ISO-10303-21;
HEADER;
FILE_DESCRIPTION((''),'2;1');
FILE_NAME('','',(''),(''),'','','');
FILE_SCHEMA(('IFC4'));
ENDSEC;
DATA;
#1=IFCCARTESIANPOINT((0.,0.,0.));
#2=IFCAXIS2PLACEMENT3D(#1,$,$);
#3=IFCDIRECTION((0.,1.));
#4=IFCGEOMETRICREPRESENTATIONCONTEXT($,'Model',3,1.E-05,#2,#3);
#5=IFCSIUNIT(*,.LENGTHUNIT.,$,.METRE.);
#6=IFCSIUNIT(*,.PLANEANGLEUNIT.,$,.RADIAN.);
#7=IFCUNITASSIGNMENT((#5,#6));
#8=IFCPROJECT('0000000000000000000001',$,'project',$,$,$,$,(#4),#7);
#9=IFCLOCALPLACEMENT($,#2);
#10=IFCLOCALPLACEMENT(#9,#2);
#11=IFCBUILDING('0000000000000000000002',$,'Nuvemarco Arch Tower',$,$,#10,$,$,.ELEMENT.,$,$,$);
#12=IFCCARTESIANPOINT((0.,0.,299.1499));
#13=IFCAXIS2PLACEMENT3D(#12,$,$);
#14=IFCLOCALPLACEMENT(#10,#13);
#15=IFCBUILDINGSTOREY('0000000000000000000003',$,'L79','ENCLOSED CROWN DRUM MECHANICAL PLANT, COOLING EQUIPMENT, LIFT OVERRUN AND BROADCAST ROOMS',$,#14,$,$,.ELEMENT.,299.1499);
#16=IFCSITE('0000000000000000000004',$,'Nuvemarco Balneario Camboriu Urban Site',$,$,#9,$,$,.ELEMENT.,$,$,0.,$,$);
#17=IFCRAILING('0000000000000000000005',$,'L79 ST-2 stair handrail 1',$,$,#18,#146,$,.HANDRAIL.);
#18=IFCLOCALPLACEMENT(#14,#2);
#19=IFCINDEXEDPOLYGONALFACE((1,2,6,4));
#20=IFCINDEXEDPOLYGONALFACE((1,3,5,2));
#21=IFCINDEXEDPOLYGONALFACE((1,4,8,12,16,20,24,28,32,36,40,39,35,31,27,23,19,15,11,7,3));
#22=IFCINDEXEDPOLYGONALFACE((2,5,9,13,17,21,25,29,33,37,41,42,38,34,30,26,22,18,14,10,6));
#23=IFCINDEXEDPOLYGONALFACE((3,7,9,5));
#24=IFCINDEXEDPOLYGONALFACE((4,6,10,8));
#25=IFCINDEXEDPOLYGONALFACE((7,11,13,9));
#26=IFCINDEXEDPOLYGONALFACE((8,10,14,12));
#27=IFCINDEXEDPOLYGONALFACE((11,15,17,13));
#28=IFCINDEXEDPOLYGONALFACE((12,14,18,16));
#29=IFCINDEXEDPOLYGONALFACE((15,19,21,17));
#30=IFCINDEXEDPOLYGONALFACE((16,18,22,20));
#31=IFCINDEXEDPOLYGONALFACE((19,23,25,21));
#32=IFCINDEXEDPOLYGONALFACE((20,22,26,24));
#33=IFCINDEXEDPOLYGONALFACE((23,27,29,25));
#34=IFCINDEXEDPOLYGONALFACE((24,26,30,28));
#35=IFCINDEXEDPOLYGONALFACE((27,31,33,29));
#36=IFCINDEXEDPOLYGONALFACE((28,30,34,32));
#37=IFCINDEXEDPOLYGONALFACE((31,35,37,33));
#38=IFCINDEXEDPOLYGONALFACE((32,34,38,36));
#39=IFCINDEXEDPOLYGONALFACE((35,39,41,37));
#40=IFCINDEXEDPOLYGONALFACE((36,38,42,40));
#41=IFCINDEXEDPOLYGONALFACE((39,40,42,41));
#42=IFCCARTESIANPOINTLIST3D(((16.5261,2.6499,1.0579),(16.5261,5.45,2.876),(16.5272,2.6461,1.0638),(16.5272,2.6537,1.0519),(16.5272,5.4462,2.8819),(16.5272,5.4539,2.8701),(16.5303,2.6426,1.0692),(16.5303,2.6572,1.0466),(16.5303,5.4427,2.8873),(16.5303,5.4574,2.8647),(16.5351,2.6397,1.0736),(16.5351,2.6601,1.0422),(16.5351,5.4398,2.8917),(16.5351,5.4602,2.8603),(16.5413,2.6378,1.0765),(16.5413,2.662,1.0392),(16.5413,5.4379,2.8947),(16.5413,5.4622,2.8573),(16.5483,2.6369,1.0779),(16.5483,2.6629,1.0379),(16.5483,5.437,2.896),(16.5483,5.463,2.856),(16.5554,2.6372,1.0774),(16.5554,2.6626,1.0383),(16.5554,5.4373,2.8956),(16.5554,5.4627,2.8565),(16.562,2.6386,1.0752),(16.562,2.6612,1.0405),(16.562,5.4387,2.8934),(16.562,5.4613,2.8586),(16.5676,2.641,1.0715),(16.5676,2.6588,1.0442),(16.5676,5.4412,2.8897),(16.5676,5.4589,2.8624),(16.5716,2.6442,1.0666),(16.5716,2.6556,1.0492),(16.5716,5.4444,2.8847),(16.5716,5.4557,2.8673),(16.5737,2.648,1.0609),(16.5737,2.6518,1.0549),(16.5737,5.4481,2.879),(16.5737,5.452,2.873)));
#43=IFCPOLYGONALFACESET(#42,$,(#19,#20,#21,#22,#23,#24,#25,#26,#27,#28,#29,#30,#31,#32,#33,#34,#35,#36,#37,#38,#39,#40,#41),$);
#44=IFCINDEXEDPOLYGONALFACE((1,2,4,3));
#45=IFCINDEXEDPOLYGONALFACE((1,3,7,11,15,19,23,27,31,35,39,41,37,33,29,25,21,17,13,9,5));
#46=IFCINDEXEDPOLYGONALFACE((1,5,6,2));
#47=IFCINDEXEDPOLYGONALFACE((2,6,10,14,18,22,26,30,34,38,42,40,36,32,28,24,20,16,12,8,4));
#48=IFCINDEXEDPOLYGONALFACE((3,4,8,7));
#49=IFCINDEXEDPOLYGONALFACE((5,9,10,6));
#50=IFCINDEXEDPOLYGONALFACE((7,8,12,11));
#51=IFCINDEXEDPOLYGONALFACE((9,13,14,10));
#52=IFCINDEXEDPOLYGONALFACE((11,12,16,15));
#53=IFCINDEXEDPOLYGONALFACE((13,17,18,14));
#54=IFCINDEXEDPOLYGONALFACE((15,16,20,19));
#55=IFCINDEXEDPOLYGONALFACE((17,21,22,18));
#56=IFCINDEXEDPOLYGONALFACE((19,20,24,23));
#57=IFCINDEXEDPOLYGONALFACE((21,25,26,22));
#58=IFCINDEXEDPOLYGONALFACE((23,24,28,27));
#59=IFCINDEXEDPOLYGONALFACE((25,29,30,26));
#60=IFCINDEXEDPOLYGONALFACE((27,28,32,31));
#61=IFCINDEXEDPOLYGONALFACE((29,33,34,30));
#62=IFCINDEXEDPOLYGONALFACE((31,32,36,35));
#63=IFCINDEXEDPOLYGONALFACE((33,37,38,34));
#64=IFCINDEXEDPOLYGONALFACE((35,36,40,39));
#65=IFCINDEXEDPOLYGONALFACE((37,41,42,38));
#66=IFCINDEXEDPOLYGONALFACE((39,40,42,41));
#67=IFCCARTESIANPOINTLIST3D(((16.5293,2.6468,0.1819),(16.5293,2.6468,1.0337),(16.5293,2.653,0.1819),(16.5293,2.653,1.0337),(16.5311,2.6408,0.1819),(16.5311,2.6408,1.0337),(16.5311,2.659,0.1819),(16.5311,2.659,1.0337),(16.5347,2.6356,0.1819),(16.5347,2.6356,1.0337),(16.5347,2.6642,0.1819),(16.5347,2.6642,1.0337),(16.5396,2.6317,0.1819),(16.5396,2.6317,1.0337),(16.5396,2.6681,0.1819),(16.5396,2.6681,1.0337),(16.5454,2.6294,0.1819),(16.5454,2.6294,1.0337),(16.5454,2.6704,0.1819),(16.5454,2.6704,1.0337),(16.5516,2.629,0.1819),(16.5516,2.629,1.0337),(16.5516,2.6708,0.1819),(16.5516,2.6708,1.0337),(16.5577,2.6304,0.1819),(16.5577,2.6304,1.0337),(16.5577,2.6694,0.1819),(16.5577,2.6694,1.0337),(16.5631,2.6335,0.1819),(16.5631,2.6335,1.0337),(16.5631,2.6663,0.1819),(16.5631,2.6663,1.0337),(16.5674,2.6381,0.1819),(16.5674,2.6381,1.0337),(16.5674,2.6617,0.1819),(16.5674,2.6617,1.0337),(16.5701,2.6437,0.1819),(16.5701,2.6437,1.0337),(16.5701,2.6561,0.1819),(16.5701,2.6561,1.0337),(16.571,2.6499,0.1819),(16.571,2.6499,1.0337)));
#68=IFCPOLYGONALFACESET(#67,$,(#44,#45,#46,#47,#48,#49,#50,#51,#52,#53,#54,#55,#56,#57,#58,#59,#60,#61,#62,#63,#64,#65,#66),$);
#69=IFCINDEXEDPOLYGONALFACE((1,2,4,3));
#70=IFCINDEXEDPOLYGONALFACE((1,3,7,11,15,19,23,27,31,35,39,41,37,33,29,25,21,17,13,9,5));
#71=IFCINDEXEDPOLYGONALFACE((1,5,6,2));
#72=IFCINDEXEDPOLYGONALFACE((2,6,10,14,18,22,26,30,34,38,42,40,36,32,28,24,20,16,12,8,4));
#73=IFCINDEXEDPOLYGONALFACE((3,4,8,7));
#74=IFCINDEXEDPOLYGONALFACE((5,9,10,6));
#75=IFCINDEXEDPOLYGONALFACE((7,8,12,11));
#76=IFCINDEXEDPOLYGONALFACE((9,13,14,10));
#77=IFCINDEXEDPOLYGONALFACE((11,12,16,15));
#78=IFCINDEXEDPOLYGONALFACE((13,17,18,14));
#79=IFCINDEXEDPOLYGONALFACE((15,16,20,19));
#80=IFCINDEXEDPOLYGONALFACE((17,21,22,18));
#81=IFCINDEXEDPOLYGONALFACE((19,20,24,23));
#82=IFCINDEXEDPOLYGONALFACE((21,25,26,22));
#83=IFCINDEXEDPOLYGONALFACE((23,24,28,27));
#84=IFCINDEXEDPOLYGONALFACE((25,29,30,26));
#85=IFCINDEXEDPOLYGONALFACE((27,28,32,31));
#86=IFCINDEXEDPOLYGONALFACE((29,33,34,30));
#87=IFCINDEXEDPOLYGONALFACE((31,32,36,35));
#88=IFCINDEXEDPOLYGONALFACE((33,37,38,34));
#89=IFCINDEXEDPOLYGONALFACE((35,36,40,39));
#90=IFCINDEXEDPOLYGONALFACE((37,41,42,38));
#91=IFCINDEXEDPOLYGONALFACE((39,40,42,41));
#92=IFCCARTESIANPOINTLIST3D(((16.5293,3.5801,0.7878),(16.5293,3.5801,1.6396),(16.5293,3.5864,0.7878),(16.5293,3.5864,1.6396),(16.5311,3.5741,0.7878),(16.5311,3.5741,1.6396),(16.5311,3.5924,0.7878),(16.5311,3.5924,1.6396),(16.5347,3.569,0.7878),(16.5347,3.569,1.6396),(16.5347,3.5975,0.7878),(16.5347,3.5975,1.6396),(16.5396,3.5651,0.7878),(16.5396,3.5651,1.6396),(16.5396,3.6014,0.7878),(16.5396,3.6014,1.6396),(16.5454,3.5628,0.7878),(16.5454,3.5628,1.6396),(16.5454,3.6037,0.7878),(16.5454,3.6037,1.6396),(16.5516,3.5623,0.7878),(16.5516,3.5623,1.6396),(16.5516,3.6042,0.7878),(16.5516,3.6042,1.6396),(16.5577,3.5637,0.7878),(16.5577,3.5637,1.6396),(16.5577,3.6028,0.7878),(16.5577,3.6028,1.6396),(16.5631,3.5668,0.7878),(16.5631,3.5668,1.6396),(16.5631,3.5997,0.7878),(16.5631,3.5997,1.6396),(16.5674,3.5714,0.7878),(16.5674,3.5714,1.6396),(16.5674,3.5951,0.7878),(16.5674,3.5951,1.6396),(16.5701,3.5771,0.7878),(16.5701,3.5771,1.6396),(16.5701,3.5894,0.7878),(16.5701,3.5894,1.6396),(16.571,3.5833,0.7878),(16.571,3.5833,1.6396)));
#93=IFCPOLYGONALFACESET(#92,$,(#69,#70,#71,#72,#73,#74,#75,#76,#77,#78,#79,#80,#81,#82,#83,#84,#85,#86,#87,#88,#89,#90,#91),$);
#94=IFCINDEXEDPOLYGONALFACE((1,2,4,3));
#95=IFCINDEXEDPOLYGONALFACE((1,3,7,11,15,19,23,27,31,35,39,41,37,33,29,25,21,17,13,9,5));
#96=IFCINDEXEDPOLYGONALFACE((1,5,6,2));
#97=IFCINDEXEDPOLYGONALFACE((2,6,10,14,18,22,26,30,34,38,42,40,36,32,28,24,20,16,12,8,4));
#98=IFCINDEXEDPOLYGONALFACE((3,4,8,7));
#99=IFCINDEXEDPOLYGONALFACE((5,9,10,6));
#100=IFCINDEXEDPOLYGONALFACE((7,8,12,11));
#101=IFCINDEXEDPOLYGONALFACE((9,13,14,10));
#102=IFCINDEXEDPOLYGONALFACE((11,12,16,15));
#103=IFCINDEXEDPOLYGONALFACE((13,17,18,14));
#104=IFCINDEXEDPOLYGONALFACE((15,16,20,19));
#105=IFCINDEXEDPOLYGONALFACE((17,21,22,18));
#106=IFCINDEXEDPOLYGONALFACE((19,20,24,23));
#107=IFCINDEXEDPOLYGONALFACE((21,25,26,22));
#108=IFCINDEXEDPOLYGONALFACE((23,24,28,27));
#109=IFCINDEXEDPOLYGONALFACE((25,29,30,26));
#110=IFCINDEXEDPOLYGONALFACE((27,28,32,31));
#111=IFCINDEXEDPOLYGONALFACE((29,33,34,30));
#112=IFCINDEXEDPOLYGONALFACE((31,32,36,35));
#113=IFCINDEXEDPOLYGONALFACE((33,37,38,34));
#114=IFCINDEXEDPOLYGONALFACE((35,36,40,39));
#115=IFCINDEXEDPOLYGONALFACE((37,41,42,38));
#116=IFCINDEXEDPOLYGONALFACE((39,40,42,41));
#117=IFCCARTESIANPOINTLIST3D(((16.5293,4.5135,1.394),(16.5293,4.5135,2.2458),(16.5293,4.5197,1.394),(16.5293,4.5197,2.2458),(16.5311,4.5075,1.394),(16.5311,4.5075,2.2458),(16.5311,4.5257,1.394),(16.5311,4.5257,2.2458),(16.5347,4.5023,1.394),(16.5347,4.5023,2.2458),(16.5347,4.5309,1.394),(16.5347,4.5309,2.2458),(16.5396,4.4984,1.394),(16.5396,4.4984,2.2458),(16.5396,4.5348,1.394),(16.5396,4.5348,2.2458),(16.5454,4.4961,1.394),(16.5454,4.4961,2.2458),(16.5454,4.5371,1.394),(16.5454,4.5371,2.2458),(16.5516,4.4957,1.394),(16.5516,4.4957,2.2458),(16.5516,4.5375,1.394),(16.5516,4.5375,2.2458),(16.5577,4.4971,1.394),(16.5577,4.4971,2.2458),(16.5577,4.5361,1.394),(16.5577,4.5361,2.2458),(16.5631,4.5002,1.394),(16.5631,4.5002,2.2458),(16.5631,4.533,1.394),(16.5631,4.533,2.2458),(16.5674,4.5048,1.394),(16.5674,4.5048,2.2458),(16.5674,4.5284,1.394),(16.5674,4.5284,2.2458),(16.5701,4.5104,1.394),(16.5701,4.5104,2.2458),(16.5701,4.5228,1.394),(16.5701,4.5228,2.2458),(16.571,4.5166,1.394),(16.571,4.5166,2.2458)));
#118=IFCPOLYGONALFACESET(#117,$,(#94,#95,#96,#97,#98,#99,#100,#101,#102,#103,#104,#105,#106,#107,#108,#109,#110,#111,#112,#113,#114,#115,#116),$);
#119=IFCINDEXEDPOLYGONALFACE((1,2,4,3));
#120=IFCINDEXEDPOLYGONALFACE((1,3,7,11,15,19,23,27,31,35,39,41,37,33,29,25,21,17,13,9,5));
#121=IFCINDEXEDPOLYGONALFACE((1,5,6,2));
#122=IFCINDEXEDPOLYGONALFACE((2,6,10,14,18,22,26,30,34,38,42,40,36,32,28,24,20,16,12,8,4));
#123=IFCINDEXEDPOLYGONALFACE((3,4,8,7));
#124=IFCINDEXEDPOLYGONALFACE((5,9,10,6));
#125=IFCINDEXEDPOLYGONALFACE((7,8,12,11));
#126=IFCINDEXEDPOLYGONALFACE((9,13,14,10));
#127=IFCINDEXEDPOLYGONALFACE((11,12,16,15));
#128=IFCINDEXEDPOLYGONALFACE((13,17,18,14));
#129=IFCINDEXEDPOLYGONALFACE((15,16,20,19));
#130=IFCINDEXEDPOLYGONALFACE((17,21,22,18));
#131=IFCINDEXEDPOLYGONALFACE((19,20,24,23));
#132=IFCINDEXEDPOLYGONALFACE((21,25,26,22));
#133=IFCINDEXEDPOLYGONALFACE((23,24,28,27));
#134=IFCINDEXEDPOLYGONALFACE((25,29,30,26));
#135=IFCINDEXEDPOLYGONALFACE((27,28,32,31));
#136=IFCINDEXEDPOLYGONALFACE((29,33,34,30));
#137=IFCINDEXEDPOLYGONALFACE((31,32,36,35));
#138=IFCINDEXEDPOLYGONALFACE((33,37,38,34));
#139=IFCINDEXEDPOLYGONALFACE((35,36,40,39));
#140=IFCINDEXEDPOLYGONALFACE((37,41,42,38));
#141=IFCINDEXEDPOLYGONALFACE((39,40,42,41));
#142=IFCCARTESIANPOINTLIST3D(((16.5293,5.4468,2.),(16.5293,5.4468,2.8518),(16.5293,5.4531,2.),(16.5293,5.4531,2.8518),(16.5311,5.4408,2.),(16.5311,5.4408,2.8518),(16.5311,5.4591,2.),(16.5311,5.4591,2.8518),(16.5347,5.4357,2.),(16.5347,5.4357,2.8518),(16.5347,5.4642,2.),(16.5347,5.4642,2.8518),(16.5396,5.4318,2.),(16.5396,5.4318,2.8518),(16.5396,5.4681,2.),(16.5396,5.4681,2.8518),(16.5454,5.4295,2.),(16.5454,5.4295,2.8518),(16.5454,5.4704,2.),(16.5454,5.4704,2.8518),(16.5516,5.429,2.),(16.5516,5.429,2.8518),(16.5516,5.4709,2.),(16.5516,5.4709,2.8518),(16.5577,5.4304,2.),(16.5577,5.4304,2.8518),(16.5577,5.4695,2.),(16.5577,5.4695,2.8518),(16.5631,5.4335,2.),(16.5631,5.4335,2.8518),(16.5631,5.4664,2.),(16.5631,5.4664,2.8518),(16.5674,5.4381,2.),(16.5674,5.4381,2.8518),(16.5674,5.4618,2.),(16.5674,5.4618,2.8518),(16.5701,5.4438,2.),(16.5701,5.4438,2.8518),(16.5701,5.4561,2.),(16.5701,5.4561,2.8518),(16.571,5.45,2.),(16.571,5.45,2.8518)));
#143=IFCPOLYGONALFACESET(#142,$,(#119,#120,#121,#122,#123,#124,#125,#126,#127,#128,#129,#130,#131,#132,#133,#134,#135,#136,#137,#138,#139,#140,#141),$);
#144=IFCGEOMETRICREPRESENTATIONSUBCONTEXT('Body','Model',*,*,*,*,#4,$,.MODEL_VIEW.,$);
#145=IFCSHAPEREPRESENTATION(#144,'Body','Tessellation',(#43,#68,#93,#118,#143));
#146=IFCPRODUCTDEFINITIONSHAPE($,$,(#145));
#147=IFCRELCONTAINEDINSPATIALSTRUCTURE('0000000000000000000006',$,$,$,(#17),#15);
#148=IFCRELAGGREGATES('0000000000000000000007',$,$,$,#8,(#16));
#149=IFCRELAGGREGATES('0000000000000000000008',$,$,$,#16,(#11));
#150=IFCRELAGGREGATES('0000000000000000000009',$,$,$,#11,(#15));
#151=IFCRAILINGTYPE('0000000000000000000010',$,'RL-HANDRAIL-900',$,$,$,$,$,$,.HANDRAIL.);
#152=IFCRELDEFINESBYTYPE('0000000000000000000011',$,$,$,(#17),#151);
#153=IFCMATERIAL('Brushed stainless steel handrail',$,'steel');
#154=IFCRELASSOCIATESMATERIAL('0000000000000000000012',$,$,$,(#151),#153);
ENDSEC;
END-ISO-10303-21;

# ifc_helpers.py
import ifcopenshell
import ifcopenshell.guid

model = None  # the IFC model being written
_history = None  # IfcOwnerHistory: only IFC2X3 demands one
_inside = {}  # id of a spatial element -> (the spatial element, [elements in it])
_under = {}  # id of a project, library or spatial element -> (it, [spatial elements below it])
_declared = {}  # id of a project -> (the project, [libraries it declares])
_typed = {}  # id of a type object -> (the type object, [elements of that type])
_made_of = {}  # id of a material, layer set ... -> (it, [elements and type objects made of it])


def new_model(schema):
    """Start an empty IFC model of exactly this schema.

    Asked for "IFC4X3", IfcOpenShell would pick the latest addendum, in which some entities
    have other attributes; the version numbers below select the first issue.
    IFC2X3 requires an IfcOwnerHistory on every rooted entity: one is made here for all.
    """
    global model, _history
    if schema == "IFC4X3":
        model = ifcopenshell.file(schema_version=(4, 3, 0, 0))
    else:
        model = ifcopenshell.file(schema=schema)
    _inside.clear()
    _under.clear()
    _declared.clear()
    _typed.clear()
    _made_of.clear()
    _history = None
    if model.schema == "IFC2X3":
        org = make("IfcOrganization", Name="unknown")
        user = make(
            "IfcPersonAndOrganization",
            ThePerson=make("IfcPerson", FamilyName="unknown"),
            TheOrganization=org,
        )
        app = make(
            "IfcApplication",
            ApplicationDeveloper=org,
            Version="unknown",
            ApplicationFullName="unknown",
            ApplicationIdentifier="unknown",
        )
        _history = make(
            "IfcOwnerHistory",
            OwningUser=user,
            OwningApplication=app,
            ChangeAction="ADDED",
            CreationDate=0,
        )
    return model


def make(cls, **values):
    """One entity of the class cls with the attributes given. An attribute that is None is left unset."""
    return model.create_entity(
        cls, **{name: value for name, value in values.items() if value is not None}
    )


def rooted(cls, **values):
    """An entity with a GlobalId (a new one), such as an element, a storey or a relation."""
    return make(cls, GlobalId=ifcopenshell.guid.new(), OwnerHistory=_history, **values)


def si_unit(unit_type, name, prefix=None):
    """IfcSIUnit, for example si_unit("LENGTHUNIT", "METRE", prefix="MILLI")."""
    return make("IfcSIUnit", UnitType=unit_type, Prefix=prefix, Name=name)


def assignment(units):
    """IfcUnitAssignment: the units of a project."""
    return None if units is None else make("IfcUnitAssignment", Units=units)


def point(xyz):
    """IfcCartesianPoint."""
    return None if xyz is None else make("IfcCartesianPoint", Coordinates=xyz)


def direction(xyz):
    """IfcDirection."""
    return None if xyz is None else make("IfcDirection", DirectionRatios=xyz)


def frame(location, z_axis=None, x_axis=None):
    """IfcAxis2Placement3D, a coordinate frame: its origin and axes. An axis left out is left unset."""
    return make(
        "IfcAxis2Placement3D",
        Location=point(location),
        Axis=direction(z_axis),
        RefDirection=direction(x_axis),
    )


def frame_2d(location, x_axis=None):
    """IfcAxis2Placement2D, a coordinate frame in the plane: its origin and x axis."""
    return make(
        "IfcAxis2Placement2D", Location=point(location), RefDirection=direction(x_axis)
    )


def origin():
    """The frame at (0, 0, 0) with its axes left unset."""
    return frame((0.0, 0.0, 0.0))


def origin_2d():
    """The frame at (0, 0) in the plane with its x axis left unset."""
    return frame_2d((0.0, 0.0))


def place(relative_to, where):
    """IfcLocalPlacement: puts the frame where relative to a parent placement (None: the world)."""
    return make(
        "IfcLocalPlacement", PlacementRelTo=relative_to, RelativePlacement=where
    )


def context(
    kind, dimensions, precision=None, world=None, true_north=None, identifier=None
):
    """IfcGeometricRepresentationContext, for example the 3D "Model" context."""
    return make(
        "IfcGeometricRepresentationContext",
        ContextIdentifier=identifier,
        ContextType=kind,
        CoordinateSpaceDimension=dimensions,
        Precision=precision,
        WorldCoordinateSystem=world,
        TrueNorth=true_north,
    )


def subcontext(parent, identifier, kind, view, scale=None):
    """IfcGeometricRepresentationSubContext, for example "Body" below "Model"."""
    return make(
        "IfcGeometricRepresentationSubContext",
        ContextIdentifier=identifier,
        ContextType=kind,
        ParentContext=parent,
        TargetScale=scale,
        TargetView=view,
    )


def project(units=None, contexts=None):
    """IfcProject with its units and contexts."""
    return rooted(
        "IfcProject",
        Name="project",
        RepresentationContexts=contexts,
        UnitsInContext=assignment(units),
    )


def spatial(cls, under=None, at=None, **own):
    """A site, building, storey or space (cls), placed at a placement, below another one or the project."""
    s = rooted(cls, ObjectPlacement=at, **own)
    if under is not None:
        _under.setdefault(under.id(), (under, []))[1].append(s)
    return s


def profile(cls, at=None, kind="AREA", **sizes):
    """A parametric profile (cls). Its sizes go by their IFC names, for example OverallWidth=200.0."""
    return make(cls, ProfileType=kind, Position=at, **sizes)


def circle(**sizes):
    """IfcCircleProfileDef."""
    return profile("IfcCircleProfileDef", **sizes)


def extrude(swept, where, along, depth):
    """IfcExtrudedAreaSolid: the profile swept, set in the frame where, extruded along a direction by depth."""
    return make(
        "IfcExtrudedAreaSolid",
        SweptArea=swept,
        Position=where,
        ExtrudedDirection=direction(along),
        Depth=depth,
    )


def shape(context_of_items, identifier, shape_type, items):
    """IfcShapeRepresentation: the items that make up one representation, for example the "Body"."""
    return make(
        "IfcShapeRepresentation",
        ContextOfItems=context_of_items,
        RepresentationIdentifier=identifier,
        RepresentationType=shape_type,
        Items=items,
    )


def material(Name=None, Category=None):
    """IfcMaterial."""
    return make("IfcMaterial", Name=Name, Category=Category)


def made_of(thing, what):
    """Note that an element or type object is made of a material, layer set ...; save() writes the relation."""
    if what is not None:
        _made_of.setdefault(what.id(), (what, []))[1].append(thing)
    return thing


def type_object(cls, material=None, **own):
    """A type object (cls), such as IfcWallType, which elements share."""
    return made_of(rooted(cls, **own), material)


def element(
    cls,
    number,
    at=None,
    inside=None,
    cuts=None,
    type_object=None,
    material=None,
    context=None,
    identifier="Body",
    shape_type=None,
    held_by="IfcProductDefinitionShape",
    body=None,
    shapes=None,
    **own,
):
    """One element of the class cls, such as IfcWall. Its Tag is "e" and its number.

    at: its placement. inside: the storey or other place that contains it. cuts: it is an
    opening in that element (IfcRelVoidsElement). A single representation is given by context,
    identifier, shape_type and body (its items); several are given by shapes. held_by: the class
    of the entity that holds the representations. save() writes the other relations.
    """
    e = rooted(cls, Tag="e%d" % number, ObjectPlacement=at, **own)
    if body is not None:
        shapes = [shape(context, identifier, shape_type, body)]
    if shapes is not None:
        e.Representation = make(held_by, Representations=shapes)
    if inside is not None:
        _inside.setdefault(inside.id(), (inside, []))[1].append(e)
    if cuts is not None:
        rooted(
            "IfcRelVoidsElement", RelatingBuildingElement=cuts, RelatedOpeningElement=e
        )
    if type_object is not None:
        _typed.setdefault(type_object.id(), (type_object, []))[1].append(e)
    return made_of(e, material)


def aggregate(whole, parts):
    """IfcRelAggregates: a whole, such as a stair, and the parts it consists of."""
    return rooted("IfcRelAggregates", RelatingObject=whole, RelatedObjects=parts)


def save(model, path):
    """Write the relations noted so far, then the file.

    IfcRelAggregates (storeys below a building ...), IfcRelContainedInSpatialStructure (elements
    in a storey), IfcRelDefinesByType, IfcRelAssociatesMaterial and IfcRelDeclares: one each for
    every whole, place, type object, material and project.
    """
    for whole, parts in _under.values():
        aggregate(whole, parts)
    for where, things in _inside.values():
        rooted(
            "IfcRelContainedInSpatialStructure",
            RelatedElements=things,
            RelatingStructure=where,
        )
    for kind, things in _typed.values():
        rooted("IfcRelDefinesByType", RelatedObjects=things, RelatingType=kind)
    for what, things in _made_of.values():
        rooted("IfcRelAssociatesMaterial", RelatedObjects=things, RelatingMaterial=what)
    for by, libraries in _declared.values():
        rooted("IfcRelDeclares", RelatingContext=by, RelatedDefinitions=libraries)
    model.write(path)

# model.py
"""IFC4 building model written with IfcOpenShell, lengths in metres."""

from ifc_helpers import new_model, si_unit, direction, frame, origin, origin_2d, place, context, subcontext, project, spatial, circle, extrude, material, type_object, element, save


model = new_model("IFC4")

# Units and contexts
model_context = context("Model", 3, precision=1e-05, world=origin(), true_north=direction((0.0, 1.0)))
body_context = subcontext(model_context, "Body", "Model", "MODEL_VIEW")
ifc_project = project(units=[si_unit("LENGTHUNIT", "METRE"), si_unit("PLANEANGLEUNIT", "RADIAN")], contexts=[model_context])

# Site, building, storey
site_placement = place(None, origin())
site = spatial("IfcSite", under=ifc_project, at=site_placement, Name="Nuvemarco Balneario Camboriu Urban Site", CompositionType="ELEMENT", RefElevation=0.0)
building_placement = place(site_placement, origin())
building = spatial("IfcBuilding", under=site, at=building_placement, Name="Nuvemarco Arch Tower", CompositionType="ELEMENT")
storey_placement = place(building_placement, frame((0.0, 0.0, 299.1499)))
storey = spatial("IfcBuildingStorey", under=building, at=storey_placement, Name="L79", Description="ENCLOSED CROWN DRUM MECHANICAL PLANT, COOLING EQUIPMENT, LIFT OVERRUN AND BROADCAST ROOMS", CompositionType="ELEMENT", Elevation=299.1499)

# Railing
ifc_material_1 = material(Name="Brushed stainless steel handrail", Category="steel")
railing_type_1 = type_object("IfcRailingType", Name="RL-HANDRAIL-900", PredefinedType="HANDRAIL", material=ifc_material_1)
railing_1_placement = place(storey_placement, frame((16.55, 2.6499, 0.1819)))
element("IfcRailing", 1, at=railing_1_placement, inside=storey, type_object=railing_type_1, Name="L79 ST-2 stair handrail 1", PredefinedType="HANDRAIL", context=body_context, shape_type="SweptSolid", body=[
    extrude(circle(Radius=0.0239, at=origin_2d()), frame((0.0, 0.0, 0.876), z_axis=(0.0, 0.838706, 0.544585), x_axis=(-1.0, 0.0, 0.0)), (0.0, 0.0, 1.0), 3.3386),
    extrude(circle(Radius=0.021, at=origin_2d()), origin(), (0.0, 0.0, 1.0), 0.8518),
    extrude(circle(Radius=0.021, at=origin_2d()), frame((0.0, 0.9333, 0.606)), (0.0, 0.0, 1.0), 0.8518),
    extrude(circle(Radius=0.021, at=origin_2d()), frame((0.0, 1.8667, 1.2122)), (0.0, 0.0, 1.0), 0.8518),
    extrude(circle(Radius=0.021, at=origin_2d()), frame((0.0, 2.8, 1.8181)), (0.0, 0.0, 1.0), 0.8518),
])

save(model, "model.ifc")
